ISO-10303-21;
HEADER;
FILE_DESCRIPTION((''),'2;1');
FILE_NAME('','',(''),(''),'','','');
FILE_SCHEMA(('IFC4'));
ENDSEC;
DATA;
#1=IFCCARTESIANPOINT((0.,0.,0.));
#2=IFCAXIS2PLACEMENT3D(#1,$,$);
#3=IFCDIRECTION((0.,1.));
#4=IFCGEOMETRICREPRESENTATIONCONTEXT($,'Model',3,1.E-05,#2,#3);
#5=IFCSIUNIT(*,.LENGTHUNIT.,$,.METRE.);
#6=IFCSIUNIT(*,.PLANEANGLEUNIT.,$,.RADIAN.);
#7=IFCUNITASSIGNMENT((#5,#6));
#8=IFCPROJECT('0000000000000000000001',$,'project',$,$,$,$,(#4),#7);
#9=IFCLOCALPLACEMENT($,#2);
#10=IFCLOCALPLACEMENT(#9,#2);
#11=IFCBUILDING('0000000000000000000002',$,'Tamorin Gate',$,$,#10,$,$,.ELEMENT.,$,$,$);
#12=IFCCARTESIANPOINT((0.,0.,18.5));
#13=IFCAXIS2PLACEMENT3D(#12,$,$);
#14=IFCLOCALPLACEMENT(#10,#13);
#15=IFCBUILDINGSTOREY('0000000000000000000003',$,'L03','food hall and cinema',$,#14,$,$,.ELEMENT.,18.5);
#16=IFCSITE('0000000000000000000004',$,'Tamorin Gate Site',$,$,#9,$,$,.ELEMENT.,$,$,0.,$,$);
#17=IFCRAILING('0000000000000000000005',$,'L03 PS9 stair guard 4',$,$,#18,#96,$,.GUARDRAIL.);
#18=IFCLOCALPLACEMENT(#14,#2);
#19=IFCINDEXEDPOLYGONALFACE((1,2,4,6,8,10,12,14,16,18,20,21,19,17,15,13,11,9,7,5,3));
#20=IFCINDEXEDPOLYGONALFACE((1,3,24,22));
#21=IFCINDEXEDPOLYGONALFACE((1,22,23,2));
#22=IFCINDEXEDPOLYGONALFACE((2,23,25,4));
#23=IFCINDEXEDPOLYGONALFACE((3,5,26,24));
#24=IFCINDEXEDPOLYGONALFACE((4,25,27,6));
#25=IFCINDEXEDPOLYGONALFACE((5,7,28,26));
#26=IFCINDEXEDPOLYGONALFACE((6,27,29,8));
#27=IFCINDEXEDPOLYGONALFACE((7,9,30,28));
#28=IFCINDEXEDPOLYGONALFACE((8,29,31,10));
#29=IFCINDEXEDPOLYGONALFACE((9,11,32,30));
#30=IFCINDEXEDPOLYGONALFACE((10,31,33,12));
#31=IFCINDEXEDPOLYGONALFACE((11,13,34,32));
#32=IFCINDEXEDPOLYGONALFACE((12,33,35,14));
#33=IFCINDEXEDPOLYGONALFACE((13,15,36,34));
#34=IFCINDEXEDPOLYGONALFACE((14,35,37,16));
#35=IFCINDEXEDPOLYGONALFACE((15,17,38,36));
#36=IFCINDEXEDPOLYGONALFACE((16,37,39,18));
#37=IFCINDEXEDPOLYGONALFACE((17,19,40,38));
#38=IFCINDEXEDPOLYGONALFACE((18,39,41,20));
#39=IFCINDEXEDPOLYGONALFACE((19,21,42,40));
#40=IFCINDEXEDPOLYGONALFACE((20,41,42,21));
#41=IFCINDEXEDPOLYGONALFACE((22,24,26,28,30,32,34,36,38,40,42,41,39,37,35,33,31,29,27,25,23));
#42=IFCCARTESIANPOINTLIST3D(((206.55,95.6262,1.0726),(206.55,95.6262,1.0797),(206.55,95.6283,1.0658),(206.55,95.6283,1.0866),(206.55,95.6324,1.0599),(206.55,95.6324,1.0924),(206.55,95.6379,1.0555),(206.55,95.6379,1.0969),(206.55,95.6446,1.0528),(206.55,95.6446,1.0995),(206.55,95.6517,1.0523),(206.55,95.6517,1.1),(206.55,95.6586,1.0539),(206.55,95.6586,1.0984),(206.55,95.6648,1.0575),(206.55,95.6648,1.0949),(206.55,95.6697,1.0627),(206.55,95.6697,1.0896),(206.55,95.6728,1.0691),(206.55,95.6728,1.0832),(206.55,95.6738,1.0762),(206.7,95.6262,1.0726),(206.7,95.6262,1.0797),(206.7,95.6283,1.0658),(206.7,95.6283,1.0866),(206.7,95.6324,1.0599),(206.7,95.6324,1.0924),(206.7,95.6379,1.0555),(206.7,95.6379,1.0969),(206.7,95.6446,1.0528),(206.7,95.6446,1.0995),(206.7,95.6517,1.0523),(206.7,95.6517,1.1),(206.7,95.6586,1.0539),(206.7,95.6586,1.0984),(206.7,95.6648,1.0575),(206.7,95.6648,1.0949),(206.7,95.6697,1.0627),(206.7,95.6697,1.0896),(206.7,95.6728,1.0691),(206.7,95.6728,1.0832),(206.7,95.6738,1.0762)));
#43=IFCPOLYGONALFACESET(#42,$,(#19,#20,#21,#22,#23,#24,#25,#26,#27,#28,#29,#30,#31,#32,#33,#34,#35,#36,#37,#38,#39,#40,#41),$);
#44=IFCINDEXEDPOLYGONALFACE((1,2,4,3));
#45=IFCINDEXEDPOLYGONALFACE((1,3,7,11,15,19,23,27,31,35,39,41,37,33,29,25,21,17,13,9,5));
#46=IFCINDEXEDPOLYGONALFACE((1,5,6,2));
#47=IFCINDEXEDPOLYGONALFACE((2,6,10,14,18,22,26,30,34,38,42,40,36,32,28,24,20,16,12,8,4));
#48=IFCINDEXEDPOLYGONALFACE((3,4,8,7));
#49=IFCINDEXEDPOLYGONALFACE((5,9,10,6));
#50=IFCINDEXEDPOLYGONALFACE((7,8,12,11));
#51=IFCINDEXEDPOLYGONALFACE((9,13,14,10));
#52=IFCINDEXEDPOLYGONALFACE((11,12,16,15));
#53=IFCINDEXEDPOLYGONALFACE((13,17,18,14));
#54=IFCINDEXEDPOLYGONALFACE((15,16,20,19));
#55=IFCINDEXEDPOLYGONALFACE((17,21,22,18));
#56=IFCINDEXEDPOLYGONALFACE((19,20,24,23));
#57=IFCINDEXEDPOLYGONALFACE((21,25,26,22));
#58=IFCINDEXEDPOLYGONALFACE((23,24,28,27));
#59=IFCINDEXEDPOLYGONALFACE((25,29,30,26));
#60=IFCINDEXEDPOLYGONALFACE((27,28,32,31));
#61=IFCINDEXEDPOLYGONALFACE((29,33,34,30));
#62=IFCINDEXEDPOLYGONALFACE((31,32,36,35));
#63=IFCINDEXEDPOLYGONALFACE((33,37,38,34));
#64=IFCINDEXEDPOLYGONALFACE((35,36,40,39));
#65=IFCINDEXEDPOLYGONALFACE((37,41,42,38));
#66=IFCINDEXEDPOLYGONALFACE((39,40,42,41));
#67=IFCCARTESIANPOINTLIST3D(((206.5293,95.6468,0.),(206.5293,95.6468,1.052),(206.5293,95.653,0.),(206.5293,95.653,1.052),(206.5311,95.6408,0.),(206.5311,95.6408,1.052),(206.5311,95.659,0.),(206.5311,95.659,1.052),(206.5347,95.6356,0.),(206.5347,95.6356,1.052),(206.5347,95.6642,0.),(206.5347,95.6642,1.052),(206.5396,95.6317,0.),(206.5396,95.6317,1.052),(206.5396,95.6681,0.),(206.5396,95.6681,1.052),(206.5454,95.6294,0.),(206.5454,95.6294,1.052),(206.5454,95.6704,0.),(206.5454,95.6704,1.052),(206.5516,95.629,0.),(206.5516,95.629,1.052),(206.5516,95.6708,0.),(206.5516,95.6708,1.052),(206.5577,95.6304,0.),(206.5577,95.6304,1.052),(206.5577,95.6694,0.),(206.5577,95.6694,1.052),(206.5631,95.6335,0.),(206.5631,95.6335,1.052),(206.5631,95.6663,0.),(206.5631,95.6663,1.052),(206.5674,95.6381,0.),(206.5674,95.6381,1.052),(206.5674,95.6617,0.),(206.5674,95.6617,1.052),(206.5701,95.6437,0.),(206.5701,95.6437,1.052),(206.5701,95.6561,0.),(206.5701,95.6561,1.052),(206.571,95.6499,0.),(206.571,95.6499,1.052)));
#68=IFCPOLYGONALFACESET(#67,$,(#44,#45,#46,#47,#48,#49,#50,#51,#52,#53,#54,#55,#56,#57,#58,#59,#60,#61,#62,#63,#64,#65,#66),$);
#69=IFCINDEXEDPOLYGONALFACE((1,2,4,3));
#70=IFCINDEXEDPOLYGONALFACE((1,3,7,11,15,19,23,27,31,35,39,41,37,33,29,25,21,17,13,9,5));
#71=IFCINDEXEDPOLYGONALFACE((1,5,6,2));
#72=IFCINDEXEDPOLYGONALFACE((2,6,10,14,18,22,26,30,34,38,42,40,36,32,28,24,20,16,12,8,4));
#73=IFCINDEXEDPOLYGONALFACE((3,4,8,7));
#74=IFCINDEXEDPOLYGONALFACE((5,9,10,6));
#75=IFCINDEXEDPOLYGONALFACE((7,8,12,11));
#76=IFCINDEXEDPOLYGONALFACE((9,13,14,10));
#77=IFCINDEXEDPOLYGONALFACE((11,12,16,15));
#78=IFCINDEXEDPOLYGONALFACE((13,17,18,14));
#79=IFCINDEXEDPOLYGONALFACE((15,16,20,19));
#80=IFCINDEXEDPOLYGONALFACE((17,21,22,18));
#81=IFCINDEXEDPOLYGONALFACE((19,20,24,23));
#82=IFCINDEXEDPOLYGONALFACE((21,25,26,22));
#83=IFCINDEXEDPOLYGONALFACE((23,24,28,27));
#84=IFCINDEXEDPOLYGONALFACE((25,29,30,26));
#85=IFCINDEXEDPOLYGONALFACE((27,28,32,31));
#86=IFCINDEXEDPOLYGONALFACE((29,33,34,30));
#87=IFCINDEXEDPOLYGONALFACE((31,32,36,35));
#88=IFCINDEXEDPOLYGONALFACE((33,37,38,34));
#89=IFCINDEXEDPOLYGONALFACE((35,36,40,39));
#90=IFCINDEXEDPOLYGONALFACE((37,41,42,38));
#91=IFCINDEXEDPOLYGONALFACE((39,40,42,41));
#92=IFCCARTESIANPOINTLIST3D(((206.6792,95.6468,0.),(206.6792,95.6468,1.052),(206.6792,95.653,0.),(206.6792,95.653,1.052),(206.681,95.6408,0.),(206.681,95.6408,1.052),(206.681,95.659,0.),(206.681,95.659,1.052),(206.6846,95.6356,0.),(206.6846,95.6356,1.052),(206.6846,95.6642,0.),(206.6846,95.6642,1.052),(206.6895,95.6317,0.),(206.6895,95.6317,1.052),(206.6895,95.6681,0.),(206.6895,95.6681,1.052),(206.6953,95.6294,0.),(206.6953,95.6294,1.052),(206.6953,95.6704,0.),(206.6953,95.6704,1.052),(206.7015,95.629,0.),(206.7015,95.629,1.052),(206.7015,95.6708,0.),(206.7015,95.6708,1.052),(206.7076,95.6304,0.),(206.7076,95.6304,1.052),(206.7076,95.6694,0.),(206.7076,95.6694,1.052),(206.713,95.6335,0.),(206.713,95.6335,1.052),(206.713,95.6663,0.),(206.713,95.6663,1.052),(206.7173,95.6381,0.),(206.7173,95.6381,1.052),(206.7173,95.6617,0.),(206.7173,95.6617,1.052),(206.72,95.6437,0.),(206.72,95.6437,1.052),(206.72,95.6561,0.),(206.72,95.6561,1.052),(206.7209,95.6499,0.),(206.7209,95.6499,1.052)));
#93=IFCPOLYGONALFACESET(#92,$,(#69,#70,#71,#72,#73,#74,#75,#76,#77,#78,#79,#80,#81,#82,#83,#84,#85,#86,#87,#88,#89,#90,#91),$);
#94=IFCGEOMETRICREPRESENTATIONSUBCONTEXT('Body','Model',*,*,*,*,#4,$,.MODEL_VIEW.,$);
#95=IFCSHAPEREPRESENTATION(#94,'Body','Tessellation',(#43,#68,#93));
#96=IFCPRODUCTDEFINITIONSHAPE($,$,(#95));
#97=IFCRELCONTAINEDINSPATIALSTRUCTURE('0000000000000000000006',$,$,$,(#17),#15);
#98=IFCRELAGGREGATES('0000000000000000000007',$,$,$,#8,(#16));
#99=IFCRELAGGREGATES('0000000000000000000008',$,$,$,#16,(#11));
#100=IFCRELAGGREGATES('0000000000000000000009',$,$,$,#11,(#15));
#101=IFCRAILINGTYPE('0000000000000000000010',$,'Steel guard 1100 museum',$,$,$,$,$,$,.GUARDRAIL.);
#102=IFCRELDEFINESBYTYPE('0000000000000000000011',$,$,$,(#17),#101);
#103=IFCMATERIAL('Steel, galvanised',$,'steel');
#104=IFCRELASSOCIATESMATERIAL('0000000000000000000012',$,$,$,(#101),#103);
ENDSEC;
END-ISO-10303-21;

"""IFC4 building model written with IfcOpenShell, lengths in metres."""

from ifc_helpers import new_model, si_unit, direction, frame, origin, origin_2d, place, context, subcontext, project, spatial, circle, extrude, material, type_object, element, save


model = new_model("IFC4")

# Units and contexts
model_context = context("Model", 3, precision=1e-05, world=origin(), true_north=direction((0.0, 1.0)))
body_context = subcontext(model_context, "Body", "Model", "MODEL_VIEW")
ifc_project = project(units=[si_unit("LENGTHUNIT", "METRE"), si_unit("PLANEANGLEUNIT", "RADIAN")], contexts=[model_context])

# Site, building, storey
site_placement = place(None, origin())
site = spatial("IfcSite", under=ifc_project, at=site_placement, Name="Tamorin Gate Site", CompositionType="ELEMENT", RefElevation=0.0)
building_placement = place(site_placement, origin())
building = spatial("IfcBuilding", under=site, at=building_placement, Name="Tamorin Gate", CompositionType="ELEMENT")
storey_placement = place(building_placement, frame((0.0, 0.0, 18.5)))
storey = spatial("IfcBuildingStorey", under=building, at=storey_placement, Name="L03", Description="food hall and cinema", CompositionType="ELEMENT", Elevation=18.5)

# Railing
ifc_material_1 = material(Name="Steel, galvanised", Category="steel")
railing_type_1 = type_object("IfcRailingType", Name="Steel guard 1100 museum", PredefinedType="GUARDRAIL", material=ifc_material_1)
railing_1_placement = place(storey_placement, frame((206.55, 95.6499, 0.0)))
element("IfcRailing", 1, at=railing_1_placement, inside=storey, type_object=railing_type_1, Name="L03 PS9 stair guard 4", PredefinedType="GUARDRAIL", context=body_context, shape_type="SweptSolid", body=[
    extrude(circle(Radius=0.0239, at=origin_2d()), frame((0.0, 0.0, 1.0762), z_axis=(1.0, 0.0, 0.0), x_axis=(0.0, 1.0, 0.0)), (0.0, 0.0, 1.0), 0.1499),
    extrude(circle(Radius=0.021, at=origin_2d()), origin(), (0.0, 0.0, 1.0), 1.052),
    extrude(circle(Radius=0.021, at=origin_2d()), frame((0.1499, 0.0, 0.0)), (0.0, 0.0, 1.0), 1.052),
])

save(model, "model.ifc")
